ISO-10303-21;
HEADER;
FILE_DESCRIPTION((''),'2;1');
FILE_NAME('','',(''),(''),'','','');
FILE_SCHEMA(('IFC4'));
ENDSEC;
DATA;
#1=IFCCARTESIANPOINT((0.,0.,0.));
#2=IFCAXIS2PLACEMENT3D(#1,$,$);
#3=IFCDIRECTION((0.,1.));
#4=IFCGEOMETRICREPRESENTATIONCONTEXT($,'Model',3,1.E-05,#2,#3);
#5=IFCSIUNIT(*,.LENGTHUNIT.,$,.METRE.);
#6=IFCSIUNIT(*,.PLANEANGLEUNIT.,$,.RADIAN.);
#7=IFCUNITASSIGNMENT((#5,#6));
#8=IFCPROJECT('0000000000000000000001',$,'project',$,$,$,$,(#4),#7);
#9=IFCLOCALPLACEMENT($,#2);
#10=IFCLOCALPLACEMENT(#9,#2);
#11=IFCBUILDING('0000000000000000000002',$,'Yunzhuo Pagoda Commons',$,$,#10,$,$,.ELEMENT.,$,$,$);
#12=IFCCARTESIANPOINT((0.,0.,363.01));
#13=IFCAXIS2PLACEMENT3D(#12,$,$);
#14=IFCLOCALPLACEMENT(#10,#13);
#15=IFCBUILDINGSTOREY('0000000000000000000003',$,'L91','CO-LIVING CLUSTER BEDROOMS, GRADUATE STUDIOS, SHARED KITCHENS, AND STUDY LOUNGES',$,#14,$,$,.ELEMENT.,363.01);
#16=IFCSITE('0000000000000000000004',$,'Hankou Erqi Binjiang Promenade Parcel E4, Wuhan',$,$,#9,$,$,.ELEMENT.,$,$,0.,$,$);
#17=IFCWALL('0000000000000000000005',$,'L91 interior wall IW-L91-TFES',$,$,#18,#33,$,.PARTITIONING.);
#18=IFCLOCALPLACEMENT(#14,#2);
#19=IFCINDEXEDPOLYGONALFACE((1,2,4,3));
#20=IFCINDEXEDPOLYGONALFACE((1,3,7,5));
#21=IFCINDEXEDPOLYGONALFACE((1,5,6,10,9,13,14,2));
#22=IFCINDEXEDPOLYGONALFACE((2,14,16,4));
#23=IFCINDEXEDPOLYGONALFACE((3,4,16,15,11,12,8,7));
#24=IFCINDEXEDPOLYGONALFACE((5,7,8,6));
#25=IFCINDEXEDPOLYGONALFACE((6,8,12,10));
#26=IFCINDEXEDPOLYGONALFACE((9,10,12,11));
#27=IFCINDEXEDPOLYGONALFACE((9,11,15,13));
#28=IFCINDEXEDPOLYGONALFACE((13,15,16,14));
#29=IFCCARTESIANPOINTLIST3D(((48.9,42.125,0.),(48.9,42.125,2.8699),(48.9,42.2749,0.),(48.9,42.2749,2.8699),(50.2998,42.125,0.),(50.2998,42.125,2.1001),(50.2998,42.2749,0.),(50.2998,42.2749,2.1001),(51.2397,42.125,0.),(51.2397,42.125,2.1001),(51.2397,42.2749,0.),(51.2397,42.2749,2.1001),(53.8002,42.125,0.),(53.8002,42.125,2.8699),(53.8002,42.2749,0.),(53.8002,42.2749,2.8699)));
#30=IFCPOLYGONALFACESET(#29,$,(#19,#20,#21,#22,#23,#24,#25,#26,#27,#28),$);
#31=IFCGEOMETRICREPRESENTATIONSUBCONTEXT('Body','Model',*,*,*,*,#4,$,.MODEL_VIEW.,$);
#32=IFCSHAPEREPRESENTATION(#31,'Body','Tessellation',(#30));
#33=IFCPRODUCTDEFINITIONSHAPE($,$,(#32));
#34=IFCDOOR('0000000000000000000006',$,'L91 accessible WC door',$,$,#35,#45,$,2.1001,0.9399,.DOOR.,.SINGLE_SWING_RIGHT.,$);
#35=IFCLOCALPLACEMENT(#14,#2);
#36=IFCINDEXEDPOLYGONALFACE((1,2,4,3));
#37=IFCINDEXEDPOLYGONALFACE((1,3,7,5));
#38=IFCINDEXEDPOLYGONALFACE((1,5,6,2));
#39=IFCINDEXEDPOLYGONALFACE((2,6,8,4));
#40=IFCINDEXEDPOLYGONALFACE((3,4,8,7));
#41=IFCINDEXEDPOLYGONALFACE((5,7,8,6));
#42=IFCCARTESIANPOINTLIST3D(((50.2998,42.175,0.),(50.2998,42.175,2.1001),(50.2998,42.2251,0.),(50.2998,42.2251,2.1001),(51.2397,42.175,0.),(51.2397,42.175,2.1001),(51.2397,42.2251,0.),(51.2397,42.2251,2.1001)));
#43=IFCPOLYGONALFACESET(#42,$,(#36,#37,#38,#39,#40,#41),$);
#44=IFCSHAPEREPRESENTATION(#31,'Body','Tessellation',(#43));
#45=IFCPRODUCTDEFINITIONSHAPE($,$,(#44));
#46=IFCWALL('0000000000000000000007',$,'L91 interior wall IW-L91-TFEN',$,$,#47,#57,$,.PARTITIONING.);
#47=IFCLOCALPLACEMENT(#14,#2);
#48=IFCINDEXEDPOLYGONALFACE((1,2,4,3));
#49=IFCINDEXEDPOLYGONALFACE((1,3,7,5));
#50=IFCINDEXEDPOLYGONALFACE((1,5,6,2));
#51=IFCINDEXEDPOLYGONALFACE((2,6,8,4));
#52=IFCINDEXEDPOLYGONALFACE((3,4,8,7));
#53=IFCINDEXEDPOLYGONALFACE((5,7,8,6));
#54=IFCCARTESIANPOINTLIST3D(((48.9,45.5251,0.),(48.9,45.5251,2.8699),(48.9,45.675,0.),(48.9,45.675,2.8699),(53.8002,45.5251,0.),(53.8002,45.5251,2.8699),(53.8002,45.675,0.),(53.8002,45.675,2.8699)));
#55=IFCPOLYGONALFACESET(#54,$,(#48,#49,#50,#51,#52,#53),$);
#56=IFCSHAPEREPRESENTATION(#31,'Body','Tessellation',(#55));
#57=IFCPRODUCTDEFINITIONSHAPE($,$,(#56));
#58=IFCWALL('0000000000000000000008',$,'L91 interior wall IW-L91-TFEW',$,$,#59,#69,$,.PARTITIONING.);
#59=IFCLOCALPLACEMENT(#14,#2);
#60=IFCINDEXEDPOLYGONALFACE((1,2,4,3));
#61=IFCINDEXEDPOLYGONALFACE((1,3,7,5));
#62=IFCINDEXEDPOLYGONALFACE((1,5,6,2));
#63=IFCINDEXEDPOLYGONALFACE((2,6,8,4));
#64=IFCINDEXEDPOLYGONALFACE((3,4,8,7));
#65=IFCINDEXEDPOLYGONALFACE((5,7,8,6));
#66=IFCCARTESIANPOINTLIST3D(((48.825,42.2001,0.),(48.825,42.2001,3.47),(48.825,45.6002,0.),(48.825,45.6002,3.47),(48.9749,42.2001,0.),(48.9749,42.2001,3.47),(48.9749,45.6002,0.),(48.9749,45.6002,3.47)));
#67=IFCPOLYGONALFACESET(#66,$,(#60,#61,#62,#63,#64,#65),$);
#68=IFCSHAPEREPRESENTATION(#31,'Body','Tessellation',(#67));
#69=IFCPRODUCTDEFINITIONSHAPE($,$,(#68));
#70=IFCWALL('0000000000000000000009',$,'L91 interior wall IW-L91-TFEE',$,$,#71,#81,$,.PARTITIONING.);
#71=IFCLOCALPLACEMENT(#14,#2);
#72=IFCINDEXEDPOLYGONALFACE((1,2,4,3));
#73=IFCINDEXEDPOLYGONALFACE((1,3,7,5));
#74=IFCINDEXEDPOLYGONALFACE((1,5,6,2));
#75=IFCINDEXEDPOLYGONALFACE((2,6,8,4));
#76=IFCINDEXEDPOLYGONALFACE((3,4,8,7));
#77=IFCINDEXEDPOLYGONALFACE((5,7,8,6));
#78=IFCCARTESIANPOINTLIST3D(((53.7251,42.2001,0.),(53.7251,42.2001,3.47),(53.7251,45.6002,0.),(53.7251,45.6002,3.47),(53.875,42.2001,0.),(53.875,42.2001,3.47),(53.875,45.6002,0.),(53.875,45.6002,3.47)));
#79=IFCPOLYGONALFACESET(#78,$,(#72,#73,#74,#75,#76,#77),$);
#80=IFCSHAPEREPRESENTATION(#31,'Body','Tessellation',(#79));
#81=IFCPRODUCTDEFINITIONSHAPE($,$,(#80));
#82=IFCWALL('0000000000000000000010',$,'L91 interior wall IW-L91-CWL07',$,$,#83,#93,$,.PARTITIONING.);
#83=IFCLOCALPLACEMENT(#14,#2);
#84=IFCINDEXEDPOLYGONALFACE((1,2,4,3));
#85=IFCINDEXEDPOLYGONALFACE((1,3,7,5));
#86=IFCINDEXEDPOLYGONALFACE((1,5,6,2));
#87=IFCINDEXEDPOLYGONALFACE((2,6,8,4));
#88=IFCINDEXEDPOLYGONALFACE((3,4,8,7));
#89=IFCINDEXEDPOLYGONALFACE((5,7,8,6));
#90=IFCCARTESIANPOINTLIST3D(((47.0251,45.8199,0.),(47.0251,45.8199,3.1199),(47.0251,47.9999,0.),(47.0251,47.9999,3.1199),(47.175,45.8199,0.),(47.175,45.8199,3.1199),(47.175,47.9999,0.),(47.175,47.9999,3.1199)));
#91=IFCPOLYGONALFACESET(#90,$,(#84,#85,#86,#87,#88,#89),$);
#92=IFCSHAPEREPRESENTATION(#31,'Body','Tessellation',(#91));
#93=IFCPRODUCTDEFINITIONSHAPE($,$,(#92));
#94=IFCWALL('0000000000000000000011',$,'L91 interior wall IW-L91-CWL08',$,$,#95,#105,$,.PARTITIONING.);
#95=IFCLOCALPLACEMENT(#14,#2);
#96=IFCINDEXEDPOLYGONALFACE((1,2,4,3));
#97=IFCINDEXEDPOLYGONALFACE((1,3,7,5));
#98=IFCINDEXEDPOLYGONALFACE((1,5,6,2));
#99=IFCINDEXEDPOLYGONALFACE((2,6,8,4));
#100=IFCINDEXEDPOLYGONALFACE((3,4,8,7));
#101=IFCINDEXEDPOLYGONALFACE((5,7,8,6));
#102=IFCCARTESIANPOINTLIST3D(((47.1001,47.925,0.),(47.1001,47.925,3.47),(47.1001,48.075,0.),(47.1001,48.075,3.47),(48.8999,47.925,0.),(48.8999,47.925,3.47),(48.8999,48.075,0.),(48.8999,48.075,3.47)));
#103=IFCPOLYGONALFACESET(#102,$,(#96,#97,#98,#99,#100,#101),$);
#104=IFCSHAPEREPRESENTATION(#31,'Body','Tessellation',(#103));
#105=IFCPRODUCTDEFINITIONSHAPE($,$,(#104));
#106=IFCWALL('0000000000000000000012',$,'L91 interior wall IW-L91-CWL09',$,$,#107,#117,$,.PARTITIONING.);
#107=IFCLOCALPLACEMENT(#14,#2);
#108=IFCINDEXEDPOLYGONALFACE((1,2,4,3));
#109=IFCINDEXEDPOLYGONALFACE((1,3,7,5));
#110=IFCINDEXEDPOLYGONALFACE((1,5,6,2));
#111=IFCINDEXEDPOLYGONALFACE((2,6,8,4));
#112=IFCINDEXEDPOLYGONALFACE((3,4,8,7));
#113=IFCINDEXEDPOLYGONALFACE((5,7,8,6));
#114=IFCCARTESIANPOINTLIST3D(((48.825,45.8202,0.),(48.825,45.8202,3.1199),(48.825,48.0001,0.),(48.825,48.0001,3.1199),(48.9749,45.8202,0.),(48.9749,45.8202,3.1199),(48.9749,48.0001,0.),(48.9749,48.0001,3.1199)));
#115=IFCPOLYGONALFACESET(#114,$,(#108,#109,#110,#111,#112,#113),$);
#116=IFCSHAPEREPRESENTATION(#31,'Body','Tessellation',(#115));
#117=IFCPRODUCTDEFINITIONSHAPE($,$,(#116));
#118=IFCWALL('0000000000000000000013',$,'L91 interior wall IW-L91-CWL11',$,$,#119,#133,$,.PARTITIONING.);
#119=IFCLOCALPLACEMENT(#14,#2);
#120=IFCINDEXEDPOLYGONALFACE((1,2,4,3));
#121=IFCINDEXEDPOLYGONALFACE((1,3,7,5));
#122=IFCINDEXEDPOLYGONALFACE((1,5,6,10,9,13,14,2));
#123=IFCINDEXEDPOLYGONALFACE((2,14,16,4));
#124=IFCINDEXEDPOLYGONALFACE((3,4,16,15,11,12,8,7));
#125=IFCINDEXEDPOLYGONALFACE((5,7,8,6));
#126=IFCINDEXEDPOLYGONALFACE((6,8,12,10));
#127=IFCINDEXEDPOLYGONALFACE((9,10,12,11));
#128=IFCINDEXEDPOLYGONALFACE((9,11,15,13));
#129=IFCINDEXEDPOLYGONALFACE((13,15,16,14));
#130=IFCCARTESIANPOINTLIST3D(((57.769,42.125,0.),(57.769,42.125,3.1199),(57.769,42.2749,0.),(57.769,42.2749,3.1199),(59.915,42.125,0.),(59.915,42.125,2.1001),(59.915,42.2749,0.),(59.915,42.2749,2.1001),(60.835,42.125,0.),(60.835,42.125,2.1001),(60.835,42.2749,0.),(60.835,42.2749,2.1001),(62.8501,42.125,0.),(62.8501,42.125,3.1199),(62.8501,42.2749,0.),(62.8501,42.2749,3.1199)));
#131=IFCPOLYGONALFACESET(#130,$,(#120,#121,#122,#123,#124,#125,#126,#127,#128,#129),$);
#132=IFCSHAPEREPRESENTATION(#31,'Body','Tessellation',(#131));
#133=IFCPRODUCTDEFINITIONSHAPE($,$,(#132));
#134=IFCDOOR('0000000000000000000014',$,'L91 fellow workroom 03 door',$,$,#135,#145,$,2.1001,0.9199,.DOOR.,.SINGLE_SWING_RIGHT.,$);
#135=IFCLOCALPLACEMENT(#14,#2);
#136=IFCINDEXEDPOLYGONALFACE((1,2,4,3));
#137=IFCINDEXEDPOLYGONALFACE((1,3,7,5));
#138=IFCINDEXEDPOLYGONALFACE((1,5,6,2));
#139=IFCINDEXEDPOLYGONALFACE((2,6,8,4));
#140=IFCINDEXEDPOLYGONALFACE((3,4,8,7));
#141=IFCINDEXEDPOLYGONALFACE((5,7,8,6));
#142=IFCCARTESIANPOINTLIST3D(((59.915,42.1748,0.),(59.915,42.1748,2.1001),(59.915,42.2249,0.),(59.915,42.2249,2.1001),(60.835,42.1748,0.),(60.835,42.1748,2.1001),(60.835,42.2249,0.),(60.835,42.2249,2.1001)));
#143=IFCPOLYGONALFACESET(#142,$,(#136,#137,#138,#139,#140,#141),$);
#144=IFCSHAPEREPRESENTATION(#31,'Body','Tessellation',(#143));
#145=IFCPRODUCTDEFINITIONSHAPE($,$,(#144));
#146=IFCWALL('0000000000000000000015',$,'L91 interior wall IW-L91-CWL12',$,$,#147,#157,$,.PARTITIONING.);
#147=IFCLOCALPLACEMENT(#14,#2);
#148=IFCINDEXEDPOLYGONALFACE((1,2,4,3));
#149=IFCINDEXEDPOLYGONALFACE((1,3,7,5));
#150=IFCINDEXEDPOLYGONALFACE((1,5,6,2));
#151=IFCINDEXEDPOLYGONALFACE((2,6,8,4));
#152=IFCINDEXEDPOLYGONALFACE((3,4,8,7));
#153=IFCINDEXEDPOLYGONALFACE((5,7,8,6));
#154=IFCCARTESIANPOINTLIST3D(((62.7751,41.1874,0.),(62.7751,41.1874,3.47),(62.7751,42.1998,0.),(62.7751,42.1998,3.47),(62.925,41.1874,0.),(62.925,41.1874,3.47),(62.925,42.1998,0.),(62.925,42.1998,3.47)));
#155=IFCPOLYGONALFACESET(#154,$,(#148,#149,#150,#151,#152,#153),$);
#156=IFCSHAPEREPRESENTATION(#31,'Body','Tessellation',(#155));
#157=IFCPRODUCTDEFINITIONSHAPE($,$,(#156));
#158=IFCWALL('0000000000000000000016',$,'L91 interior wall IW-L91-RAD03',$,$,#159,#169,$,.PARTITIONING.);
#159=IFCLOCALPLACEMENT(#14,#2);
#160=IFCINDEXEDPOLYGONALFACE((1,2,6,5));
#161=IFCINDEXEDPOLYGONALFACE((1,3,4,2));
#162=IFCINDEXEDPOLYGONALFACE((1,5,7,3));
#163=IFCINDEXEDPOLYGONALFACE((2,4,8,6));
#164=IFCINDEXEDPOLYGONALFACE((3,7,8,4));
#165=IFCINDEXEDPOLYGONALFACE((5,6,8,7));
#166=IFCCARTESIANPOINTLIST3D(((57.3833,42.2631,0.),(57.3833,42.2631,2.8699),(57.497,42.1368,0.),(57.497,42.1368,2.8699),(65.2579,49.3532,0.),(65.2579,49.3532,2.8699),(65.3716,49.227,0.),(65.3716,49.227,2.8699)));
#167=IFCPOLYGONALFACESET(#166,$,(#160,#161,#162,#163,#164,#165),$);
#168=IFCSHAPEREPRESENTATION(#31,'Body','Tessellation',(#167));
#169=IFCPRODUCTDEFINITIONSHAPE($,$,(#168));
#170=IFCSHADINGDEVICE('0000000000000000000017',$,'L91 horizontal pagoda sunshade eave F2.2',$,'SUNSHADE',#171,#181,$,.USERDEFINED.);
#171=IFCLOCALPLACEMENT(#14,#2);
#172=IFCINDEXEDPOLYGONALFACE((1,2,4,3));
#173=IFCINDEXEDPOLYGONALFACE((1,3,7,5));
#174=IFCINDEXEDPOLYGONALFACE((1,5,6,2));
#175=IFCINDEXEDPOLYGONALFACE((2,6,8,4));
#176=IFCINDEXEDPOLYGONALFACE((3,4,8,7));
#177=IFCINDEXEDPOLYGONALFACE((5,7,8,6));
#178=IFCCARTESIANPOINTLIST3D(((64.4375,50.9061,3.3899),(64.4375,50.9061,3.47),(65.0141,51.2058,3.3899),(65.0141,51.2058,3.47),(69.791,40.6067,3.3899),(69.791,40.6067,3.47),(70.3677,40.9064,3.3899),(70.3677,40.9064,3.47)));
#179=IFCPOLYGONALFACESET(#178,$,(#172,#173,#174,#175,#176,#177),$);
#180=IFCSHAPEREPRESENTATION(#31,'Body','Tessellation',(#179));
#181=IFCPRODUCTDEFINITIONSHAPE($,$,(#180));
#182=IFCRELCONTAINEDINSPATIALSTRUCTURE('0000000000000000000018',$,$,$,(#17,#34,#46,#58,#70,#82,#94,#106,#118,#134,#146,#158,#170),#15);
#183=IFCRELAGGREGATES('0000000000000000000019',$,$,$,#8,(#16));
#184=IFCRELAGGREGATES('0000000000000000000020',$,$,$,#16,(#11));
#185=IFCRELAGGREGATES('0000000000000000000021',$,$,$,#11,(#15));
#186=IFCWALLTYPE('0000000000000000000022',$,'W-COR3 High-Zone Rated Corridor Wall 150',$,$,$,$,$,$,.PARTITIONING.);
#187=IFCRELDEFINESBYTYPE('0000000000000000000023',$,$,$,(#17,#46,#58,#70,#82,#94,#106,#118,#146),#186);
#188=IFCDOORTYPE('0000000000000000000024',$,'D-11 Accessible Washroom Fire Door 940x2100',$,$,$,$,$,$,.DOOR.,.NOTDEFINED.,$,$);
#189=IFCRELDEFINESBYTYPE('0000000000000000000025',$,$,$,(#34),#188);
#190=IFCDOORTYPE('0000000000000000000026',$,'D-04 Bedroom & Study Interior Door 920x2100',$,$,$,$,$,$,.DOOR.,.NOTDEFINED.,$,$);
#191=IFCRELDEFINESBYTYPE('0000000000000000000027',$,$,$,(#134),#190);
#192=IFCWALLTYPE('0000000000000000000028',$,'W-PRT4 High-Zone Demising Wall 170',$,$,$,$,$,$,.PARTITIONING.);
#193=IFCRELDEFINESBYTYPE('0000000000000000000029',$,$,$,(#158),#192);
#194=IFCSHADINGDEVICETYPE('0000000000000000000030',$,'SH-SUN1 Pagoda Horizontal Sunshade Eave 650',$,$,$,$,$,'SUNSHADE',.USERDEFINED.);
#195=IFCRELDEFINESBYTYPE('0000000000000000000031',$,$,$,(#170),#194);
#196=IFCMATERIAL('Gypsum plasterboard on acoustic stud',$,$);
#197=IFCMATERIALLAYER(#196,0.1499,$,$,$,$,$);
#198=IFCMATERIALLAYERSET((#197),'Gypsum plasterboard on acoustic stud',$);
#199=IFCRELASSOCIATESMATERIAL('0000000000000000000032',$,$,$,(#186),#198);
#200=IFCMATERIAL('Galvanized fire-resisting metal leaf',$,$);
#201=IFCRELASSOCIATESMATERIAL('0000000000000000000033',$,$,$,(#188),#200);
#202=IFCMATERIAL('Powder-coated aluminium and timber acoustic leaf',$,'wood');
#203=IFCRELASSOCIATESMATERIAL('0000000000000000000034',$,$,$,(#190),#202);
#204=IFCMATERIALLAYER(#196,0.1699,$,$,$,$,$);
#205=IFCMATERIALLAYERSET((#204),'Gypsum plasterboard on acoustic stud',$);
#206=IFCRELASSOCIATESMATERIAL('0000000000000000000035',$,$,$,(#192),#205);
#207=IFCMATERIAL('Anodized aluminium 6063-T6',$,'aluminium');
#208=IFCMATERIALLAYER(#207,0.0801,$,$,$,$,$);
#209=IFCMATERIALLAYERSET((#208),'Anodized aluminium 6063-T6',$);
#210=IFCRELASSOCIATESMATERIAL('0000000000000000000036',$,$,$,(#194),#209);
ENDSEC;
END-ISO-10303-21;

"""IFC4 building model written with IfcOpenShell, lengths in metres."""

from ifc_helpers import new_model, si_unit, direction, frame, frame_2d, origin, origin_with_axes, origin_2d, place, context, subcontext, project, spatial, rectangle, extrude, source, transform, mapped, material, layer, layer_set, type_object, element, fill, save


model = new_model("IFC4")

# Units and contexts
model_context = context("Model", 3, precision=1e-05, world=origin(), true_north=direction((0.0, 1.0)))
body_context = subcontext(model_context, "Body", "Model", "MODEL_VIEW")
ifc_project = project(units=[si_unit("LENGTHUNIT", "METRE"), si_unit("PLANEANGLEUNIT", "RADIAN")], contexts=[model_context])

# Site, building, storey
site_placement = place(None, origin())
site = spatial("IfcSite", under=ifc_project, at=site_placement, Name="Hankou Erqi Binjiang Promenade Parcel E4, Wuhan", CompositionType="ELEMENT", RefElevation=0.0)
building_placement = place(site_placement, origin())
building = spatial("IfcBuilding", under=site, at=building_placement, Name="Yunzhuo Pagoda Commons", CompositionType="ELEMENT")
storey_placement = place(building_placement, frame((0.0, 0.0, 363.01)))
storey = spatial("IfcBuildingStorey", under=building, at=storey_placement, Name="L91", Description="CO-LIVING CLUSTER BEDROOMS, GRADUATE STUDIOS, SHARED KITCHENS, AND STUDY LOUNGES", CompositionType="ELEMENT", Elevation=363.01)

# Shared definitions
ifc_material_1 = material(Name="Anodized aluminium 6063-T6", Category="aluminium")

# Wall, opening, door
ifc_material_2 = material(Name="Gypsum plasterboard on acoustic stud")
ifc_layer_1 = layer(ifc_material_2, 0.1499)
ifc_layer_set_1 = layer_set([ifc_layer_1], Name="Gypsum plasterboard on acoustic stud")
wall_type_1 = type_object("IfcWallType", Name="W-COR3 High-Zone Rated Corridor Wall 150", PredefinedType="PARTITIONING", material=ifc_layer_set_1)
wall_1_placement = place(storey_placement, frame((48.8999, 42.2, 0.0), z_axis=(0.0, 0.0, 1.0), x_axis=(1.0, 0.0, 0.0)))
wall_1 = element("IfcWall", 1, at=wall_1_placement, inside=storey, type_object=wall_type_1, Name="L91 interior wall IW-L91-TFES", PredefinedType="PARTITIONING", context=body_context, shape_type="SweptSolid", body=[
    extrude(rectangle(XDim=4.9001, YDim=0.1499, at=frame_2d((2.4502, 0.0))), origin(), (0.0, 0.0, 1.0), 2.8699),
])
opening_1_placement = place(wall_1_placement, frame((1.3999, 0.0, 0.0)))
opening_1 = element("IfcOpeningElement", 2, at=opening_1_placement, cuts=wall_1, PredefinedType="OPENING", context=body_context, shape_type="SweptSolid", body=[
    extrude(rectangle(XDim=0.9399, YDim=2.1001, at=frame_2d((0.47, 1.05))), frame((0.0, 0.085, 0.0), z_axis=(0.0, -1.0, 0.0), x_axis=(1.0, 0.0, 0.0)), (0.0, 0.0, 1.0), 0.1699),
])
ifc_material_3 = material(Name="Galvanized fire-resisting metal leaf")
door_type_1 = type_object("IfcDoorType", Name="D-11 Accessible Washroom Fire Door 940x2100", OperationType="NOTDEFINED", PredefinedType="DOOR", material=ifc_material_3)
shared_shape_1 = source(origin(), body_context, "Body", "SweptSolid", [
    extrude(rectangle(XDim=0.9399, YDim=2.1001, at=frame_2d((0.47, 1.05))), frame((0.0, 0.0249, 0.0), z_axis=(0.0, -1.0, 0.0), x_axis=(1.0, 0.0, 0.0)), (0.0, 0.0, 1.0), 0.05),
])
door_1_placement = place(opening_1_placement, frame((0.9399, 0.0, 0.0), z_axis=(0.0, 0.0, 1.0), x_axis=(-1.0, 0.0, 0.0)))
door_1 = element("IfcDoor", 3, at=door_1_placement, inside=storey, type_object=door_type_1, Name="L91 accessible WC door", OperationType="SINGLE_SWING_RIGHT", OverallHeight=2.1001, OverallWidth=0.9399, PredefinedType="DOOR", context=body_context, shape_type="MappedRepresentation", body=[
    mapped(shared_shape_1, transform((0.0, 0.0, 0.0), scale=1.0)),
])
fill(opening_1, door_1)

# Walls
wall_2_placement = place(storey_placement, frame((48.8999, 45.6001, 0.0), z_axis=(0.0, 0.0, 1.0), x_axis=(1.0, 0.0, 0.0)))
element("IfcWall", 4, at=wall_2_placement, inside=storey, type_object=wall_type_1, Name="L91 interior wall IW-L91-TFEN", PredefinedType="PARTITIONING", context=body_context, shape_type="SweptSolid", body=[
    extrude(rectangle(XDim=4.9001, YDim=0.1499, at=frame_2d((2.4502, 0.0))), origin(), (0.0, 0.0, 1.0), 2.8699),
])
for number, where, z_axis, x_axis, name in (
    (5, (48.8999, 42.2, 0.0), (0.0, 0.0, 1.0), (0.0, 1.0, 0.0), "L91 interior wall IW-L91-TFEW"),
    (6, (53.8, 42.2, 0.0), (0.0, 0.0, 1.0), (0.0, 1.0, 0.0), "L91 interior wall IW-L91-TFEE"),
):
    element("IfcWall", number, at=place(storey_placement, frame(where, z_axis=z_axis, x_axis=x_axis)), inside=storey, type_object=wall_type_1, Name=name, PredefinedType="PARTITIONING", context=body_context, shape_type="SweptSolid", body=[
        extrude(rectangle(XDim=3.4001, YDim=0.1499, at=frame_2d((1.7002, 0.0))), origin(), (0.0, 0.0, 1.0), 3.47),
    ])
wall_3_placement = place(storey_placement, frame((47.1001, 45.8201, 0.0), z_axis=(0.0, 0.0, 1.0), x_axis=(0.0, 1.0, 0.0)))
element("IfcWall", 7, at=wall_3_placement, inside=storey, type_object=wall_type_1, Name="L91 interior wall IW-L91-CWL07", PredefinedType="PARTITIONING", context=body_context, shape_type="SweptSolid", body=[
    extrude(rectangle(XDim=2.1799, YDim=0.1499, at=frame_2d((1.0898, 0.0))), origin(), (0.0, 0.0, 1.0), 3.1199),
])
wall_4_placement = place(storey_placement, frame((47.1001, 48.0, 0.0), z_axis=(0.0, 0.0, 1.0), x_axis=(1.0, 0.0, 0.0)))
element("IfcWall", 8, at=wall_4_placement, inside=storey, type_object=wall_type_1, Name="L91 interior wall IW-L91-CWL08", PredefinedType="PARTITIONING", context=body_context, shape_type="SweptSolid", body=[
    extrude(rectangle(XDim=1.7998, YDim=0.1499, at=frame_2d((0.8999, 0.0))), origin(), (0.0, 0.0, 1.0), 3.47),
])
wall_5_placement = place(storey_placement, frame((48.8999, 48.0, 0.0), z_axis=(0.0, 0.0, 1.0), x_axis=(0.0, -1.0, 0.0)))
element("IfcWall", 9, at=wall_5_placement, inside=storey, type_object=wall_type_1, Name="L91 interior wall IW-L91-CWL09", PredefinedType="PARTITIONING", context=body_context, shape_type="SweptSolid", body=[
    extrude(rectangle(XDim=2.1799, YDim=0.1499, at=frame_2d((1.0898, 0.0))), origin(), (0.0, 0.0, 1.0), 3.1199),
])

# Wall, opening, door
wall_6_placement = place(storey_placement, frame((57.769, 42.2, 0.0), z_axis=(0.0, 0.0, 1.0), x_axis=(1.0, 0.0, 0.0)))
wall_6 = element("IfcWall", 10, at=wall_6_placement, inside=storey, type_object=wall_type_1, Name="L91 interior wall IW-L91-CWL11", PredefinedType="PARTITIONING", context=body_context, shape_type="SweptSolid", body=[
    extrude(rectangle(XDim=5.0811, YDim=0.1499, at=frame_2d((2.5405, 0.0))), origin(), (0.0, 0.0, 1.0), 3.1199),
])
opening_2_placement = place(wall_6_placement, frame((2.146, 0.0, 0.0)))
opening_2 = element("IfcOpeningElement", 11, at=opening_2_placement, cuts=wall_6, PredefinedType="OPENING", context=body_context, shape_type="SweptSolid", body=[
    extrude(rectangle(XDim=0.9199, YDim=2.1001, at=frame_2d((0.46, 1.05))), frame((0.0, 0.085, 0.0), z_axis=(0.0, -1.0, 0.0), x_axis=(1.0, 0.0, 0.0)), (0.0, 0.0, 1.0), 0.1699),
])
ifc_material_4 = material(Name="Powder-coated aluminium and timber acoustic leaf", Category="wood")
door_type_2 = type_object("IfcDoorType", Name="D-04 Bedroom & Study Interior Door 920x2100", OperationType="NOTDEFINED", PredefinedType="DOOR", material=ifc_material_4)
shared_shape_2 = source(origin(), body_context, "Body", "SweptSolid", [
    extrude(rectangle(XDim=0.9199, YDim=2.1001, at=frame_2d((0.46, 1.05))), frame((0.0, 0.0249, 0.0), z_axis=(0.0, -1.0, 0.0), x_axis=(1.0, 0.0, 0.0)), (0.0, 0.0, 1.0), 0.05),
])
door_2_placement = place(opening_2_placement, origin_with_axes())
door_2 = element("IfcDoor", 12, at=door_2_placement, inside=storey, type_object=door_type_2, Name="L91 fellow workroom 03 door", OperationType="SINGLE_SWING_RIGHT", OverallHeight=2.1001, OverallWidth=0.9199, PredefinedType="DOOR", context=body_context, shape_type="MappedRepresentation", body=[
    mapped(shared_shape_2, transform((0.0, 0.0, 0.0), scale=1.0)),
])
fill(opening_2, door_2)

# Walls
wall_7_placement = place(storey_placement, frame((62.8501, 42.2, 0.0), z_axis=(0.0, 0.0, 1.0), x_axis=(0.0, -1.0, 0.0)))
element("IfcWall", 13, at=wall_7_placement, inside=storey, type_object=wall_type_1, Name="L91 interior wall IW-L91-CWL12", PredefinedType="PARTITIONING", context=body_context, shape_type="SweptSolid", body=[
    extrude(rectangle(XDim=1.0125, YDim=0.1499, at=frame_2d((0.5063, 0.0))), origin(), (0.0, 0.0, 1.0), 3.47),
])
ifc_layer_2 = layer(ifc_material_2, 0.1699)
ifc_layer_set_2 = layer_set([ifc_layer_2], Name="Gypsum plasterboard on acoustic stud")
wall_type_2 = type_object("IfcWallType", Name="W-PRT4 High-Zone Demising Wall 170", PredefinedType="PARTITIONING", material=ifc_layer_set_2)
wall_8_placement = place(storey_placement, frame((57.4402, 42.2, 0.0), z_axis=(0.0, 0.0, 1.0), x_axis=(0.743152, 0.669123, 0.0)))
element("IfcWall", 14, at=wall_8_placement, inside=storey, type_object=wall_type_2, Name="L91 interior wall IW-L91-RAD03", PredefinedType="PARTITIONING", context=body_context, shape_type="SweptSolid", body=[
    extrude(rectangle(XDim=10.5962, YDim=0.1699, at=frame_2d((5.2981, 0.0))), origin(), (0.0, 0.0, 1.0), 2.8699),
])

# Shading device
ifc_layer_3 = layer(ifc_material_1, 0.0801)
ifc_layer_set_3 = layer_set([ifc_layer_3], Name="Anodized aluminium 6063-T6")
shading_device_type = type_object("IfcShadingDeviceType", Name="SH-SUN1 Pagoda Horizontal Sunshade Eave 650", ElementType="SUNSHADE", PredefinedType="USERDEFINED", material=ifc_layer_set_3)
shared_shape_3 = source(origin(), body_context, "Body", "SweptSolid", [
    extrude(rectangle(XDim=11.6077, YDim=0.6499, at=origin_2d()), origin(), (0.0, 0.0, 1.0), 0.0801),
])
shading_device_placement = place(storey_placement, frame((67.4026, 45.9062, 3.3899), z_axis=(0.0, 0.0, 1.0), x_axis=(-0.461207, 0.887293, 0.0)))
element("IfcShadingDevice", 15, at=shading_device_placement, inside=storey, type_object=shading_device_type, Name="L91 horizontal pagoda sunshade eave F2.2", ObjectType="SUNSHADE", PredefinedType="USERDEFINED", context=body_context, shape_type="MappedRepresentation", body=[
    mapped(shared_shape_3, transform((0.0, 0.0, 0.0), scale=1.0)),
])

save(model, "model.ifc")
